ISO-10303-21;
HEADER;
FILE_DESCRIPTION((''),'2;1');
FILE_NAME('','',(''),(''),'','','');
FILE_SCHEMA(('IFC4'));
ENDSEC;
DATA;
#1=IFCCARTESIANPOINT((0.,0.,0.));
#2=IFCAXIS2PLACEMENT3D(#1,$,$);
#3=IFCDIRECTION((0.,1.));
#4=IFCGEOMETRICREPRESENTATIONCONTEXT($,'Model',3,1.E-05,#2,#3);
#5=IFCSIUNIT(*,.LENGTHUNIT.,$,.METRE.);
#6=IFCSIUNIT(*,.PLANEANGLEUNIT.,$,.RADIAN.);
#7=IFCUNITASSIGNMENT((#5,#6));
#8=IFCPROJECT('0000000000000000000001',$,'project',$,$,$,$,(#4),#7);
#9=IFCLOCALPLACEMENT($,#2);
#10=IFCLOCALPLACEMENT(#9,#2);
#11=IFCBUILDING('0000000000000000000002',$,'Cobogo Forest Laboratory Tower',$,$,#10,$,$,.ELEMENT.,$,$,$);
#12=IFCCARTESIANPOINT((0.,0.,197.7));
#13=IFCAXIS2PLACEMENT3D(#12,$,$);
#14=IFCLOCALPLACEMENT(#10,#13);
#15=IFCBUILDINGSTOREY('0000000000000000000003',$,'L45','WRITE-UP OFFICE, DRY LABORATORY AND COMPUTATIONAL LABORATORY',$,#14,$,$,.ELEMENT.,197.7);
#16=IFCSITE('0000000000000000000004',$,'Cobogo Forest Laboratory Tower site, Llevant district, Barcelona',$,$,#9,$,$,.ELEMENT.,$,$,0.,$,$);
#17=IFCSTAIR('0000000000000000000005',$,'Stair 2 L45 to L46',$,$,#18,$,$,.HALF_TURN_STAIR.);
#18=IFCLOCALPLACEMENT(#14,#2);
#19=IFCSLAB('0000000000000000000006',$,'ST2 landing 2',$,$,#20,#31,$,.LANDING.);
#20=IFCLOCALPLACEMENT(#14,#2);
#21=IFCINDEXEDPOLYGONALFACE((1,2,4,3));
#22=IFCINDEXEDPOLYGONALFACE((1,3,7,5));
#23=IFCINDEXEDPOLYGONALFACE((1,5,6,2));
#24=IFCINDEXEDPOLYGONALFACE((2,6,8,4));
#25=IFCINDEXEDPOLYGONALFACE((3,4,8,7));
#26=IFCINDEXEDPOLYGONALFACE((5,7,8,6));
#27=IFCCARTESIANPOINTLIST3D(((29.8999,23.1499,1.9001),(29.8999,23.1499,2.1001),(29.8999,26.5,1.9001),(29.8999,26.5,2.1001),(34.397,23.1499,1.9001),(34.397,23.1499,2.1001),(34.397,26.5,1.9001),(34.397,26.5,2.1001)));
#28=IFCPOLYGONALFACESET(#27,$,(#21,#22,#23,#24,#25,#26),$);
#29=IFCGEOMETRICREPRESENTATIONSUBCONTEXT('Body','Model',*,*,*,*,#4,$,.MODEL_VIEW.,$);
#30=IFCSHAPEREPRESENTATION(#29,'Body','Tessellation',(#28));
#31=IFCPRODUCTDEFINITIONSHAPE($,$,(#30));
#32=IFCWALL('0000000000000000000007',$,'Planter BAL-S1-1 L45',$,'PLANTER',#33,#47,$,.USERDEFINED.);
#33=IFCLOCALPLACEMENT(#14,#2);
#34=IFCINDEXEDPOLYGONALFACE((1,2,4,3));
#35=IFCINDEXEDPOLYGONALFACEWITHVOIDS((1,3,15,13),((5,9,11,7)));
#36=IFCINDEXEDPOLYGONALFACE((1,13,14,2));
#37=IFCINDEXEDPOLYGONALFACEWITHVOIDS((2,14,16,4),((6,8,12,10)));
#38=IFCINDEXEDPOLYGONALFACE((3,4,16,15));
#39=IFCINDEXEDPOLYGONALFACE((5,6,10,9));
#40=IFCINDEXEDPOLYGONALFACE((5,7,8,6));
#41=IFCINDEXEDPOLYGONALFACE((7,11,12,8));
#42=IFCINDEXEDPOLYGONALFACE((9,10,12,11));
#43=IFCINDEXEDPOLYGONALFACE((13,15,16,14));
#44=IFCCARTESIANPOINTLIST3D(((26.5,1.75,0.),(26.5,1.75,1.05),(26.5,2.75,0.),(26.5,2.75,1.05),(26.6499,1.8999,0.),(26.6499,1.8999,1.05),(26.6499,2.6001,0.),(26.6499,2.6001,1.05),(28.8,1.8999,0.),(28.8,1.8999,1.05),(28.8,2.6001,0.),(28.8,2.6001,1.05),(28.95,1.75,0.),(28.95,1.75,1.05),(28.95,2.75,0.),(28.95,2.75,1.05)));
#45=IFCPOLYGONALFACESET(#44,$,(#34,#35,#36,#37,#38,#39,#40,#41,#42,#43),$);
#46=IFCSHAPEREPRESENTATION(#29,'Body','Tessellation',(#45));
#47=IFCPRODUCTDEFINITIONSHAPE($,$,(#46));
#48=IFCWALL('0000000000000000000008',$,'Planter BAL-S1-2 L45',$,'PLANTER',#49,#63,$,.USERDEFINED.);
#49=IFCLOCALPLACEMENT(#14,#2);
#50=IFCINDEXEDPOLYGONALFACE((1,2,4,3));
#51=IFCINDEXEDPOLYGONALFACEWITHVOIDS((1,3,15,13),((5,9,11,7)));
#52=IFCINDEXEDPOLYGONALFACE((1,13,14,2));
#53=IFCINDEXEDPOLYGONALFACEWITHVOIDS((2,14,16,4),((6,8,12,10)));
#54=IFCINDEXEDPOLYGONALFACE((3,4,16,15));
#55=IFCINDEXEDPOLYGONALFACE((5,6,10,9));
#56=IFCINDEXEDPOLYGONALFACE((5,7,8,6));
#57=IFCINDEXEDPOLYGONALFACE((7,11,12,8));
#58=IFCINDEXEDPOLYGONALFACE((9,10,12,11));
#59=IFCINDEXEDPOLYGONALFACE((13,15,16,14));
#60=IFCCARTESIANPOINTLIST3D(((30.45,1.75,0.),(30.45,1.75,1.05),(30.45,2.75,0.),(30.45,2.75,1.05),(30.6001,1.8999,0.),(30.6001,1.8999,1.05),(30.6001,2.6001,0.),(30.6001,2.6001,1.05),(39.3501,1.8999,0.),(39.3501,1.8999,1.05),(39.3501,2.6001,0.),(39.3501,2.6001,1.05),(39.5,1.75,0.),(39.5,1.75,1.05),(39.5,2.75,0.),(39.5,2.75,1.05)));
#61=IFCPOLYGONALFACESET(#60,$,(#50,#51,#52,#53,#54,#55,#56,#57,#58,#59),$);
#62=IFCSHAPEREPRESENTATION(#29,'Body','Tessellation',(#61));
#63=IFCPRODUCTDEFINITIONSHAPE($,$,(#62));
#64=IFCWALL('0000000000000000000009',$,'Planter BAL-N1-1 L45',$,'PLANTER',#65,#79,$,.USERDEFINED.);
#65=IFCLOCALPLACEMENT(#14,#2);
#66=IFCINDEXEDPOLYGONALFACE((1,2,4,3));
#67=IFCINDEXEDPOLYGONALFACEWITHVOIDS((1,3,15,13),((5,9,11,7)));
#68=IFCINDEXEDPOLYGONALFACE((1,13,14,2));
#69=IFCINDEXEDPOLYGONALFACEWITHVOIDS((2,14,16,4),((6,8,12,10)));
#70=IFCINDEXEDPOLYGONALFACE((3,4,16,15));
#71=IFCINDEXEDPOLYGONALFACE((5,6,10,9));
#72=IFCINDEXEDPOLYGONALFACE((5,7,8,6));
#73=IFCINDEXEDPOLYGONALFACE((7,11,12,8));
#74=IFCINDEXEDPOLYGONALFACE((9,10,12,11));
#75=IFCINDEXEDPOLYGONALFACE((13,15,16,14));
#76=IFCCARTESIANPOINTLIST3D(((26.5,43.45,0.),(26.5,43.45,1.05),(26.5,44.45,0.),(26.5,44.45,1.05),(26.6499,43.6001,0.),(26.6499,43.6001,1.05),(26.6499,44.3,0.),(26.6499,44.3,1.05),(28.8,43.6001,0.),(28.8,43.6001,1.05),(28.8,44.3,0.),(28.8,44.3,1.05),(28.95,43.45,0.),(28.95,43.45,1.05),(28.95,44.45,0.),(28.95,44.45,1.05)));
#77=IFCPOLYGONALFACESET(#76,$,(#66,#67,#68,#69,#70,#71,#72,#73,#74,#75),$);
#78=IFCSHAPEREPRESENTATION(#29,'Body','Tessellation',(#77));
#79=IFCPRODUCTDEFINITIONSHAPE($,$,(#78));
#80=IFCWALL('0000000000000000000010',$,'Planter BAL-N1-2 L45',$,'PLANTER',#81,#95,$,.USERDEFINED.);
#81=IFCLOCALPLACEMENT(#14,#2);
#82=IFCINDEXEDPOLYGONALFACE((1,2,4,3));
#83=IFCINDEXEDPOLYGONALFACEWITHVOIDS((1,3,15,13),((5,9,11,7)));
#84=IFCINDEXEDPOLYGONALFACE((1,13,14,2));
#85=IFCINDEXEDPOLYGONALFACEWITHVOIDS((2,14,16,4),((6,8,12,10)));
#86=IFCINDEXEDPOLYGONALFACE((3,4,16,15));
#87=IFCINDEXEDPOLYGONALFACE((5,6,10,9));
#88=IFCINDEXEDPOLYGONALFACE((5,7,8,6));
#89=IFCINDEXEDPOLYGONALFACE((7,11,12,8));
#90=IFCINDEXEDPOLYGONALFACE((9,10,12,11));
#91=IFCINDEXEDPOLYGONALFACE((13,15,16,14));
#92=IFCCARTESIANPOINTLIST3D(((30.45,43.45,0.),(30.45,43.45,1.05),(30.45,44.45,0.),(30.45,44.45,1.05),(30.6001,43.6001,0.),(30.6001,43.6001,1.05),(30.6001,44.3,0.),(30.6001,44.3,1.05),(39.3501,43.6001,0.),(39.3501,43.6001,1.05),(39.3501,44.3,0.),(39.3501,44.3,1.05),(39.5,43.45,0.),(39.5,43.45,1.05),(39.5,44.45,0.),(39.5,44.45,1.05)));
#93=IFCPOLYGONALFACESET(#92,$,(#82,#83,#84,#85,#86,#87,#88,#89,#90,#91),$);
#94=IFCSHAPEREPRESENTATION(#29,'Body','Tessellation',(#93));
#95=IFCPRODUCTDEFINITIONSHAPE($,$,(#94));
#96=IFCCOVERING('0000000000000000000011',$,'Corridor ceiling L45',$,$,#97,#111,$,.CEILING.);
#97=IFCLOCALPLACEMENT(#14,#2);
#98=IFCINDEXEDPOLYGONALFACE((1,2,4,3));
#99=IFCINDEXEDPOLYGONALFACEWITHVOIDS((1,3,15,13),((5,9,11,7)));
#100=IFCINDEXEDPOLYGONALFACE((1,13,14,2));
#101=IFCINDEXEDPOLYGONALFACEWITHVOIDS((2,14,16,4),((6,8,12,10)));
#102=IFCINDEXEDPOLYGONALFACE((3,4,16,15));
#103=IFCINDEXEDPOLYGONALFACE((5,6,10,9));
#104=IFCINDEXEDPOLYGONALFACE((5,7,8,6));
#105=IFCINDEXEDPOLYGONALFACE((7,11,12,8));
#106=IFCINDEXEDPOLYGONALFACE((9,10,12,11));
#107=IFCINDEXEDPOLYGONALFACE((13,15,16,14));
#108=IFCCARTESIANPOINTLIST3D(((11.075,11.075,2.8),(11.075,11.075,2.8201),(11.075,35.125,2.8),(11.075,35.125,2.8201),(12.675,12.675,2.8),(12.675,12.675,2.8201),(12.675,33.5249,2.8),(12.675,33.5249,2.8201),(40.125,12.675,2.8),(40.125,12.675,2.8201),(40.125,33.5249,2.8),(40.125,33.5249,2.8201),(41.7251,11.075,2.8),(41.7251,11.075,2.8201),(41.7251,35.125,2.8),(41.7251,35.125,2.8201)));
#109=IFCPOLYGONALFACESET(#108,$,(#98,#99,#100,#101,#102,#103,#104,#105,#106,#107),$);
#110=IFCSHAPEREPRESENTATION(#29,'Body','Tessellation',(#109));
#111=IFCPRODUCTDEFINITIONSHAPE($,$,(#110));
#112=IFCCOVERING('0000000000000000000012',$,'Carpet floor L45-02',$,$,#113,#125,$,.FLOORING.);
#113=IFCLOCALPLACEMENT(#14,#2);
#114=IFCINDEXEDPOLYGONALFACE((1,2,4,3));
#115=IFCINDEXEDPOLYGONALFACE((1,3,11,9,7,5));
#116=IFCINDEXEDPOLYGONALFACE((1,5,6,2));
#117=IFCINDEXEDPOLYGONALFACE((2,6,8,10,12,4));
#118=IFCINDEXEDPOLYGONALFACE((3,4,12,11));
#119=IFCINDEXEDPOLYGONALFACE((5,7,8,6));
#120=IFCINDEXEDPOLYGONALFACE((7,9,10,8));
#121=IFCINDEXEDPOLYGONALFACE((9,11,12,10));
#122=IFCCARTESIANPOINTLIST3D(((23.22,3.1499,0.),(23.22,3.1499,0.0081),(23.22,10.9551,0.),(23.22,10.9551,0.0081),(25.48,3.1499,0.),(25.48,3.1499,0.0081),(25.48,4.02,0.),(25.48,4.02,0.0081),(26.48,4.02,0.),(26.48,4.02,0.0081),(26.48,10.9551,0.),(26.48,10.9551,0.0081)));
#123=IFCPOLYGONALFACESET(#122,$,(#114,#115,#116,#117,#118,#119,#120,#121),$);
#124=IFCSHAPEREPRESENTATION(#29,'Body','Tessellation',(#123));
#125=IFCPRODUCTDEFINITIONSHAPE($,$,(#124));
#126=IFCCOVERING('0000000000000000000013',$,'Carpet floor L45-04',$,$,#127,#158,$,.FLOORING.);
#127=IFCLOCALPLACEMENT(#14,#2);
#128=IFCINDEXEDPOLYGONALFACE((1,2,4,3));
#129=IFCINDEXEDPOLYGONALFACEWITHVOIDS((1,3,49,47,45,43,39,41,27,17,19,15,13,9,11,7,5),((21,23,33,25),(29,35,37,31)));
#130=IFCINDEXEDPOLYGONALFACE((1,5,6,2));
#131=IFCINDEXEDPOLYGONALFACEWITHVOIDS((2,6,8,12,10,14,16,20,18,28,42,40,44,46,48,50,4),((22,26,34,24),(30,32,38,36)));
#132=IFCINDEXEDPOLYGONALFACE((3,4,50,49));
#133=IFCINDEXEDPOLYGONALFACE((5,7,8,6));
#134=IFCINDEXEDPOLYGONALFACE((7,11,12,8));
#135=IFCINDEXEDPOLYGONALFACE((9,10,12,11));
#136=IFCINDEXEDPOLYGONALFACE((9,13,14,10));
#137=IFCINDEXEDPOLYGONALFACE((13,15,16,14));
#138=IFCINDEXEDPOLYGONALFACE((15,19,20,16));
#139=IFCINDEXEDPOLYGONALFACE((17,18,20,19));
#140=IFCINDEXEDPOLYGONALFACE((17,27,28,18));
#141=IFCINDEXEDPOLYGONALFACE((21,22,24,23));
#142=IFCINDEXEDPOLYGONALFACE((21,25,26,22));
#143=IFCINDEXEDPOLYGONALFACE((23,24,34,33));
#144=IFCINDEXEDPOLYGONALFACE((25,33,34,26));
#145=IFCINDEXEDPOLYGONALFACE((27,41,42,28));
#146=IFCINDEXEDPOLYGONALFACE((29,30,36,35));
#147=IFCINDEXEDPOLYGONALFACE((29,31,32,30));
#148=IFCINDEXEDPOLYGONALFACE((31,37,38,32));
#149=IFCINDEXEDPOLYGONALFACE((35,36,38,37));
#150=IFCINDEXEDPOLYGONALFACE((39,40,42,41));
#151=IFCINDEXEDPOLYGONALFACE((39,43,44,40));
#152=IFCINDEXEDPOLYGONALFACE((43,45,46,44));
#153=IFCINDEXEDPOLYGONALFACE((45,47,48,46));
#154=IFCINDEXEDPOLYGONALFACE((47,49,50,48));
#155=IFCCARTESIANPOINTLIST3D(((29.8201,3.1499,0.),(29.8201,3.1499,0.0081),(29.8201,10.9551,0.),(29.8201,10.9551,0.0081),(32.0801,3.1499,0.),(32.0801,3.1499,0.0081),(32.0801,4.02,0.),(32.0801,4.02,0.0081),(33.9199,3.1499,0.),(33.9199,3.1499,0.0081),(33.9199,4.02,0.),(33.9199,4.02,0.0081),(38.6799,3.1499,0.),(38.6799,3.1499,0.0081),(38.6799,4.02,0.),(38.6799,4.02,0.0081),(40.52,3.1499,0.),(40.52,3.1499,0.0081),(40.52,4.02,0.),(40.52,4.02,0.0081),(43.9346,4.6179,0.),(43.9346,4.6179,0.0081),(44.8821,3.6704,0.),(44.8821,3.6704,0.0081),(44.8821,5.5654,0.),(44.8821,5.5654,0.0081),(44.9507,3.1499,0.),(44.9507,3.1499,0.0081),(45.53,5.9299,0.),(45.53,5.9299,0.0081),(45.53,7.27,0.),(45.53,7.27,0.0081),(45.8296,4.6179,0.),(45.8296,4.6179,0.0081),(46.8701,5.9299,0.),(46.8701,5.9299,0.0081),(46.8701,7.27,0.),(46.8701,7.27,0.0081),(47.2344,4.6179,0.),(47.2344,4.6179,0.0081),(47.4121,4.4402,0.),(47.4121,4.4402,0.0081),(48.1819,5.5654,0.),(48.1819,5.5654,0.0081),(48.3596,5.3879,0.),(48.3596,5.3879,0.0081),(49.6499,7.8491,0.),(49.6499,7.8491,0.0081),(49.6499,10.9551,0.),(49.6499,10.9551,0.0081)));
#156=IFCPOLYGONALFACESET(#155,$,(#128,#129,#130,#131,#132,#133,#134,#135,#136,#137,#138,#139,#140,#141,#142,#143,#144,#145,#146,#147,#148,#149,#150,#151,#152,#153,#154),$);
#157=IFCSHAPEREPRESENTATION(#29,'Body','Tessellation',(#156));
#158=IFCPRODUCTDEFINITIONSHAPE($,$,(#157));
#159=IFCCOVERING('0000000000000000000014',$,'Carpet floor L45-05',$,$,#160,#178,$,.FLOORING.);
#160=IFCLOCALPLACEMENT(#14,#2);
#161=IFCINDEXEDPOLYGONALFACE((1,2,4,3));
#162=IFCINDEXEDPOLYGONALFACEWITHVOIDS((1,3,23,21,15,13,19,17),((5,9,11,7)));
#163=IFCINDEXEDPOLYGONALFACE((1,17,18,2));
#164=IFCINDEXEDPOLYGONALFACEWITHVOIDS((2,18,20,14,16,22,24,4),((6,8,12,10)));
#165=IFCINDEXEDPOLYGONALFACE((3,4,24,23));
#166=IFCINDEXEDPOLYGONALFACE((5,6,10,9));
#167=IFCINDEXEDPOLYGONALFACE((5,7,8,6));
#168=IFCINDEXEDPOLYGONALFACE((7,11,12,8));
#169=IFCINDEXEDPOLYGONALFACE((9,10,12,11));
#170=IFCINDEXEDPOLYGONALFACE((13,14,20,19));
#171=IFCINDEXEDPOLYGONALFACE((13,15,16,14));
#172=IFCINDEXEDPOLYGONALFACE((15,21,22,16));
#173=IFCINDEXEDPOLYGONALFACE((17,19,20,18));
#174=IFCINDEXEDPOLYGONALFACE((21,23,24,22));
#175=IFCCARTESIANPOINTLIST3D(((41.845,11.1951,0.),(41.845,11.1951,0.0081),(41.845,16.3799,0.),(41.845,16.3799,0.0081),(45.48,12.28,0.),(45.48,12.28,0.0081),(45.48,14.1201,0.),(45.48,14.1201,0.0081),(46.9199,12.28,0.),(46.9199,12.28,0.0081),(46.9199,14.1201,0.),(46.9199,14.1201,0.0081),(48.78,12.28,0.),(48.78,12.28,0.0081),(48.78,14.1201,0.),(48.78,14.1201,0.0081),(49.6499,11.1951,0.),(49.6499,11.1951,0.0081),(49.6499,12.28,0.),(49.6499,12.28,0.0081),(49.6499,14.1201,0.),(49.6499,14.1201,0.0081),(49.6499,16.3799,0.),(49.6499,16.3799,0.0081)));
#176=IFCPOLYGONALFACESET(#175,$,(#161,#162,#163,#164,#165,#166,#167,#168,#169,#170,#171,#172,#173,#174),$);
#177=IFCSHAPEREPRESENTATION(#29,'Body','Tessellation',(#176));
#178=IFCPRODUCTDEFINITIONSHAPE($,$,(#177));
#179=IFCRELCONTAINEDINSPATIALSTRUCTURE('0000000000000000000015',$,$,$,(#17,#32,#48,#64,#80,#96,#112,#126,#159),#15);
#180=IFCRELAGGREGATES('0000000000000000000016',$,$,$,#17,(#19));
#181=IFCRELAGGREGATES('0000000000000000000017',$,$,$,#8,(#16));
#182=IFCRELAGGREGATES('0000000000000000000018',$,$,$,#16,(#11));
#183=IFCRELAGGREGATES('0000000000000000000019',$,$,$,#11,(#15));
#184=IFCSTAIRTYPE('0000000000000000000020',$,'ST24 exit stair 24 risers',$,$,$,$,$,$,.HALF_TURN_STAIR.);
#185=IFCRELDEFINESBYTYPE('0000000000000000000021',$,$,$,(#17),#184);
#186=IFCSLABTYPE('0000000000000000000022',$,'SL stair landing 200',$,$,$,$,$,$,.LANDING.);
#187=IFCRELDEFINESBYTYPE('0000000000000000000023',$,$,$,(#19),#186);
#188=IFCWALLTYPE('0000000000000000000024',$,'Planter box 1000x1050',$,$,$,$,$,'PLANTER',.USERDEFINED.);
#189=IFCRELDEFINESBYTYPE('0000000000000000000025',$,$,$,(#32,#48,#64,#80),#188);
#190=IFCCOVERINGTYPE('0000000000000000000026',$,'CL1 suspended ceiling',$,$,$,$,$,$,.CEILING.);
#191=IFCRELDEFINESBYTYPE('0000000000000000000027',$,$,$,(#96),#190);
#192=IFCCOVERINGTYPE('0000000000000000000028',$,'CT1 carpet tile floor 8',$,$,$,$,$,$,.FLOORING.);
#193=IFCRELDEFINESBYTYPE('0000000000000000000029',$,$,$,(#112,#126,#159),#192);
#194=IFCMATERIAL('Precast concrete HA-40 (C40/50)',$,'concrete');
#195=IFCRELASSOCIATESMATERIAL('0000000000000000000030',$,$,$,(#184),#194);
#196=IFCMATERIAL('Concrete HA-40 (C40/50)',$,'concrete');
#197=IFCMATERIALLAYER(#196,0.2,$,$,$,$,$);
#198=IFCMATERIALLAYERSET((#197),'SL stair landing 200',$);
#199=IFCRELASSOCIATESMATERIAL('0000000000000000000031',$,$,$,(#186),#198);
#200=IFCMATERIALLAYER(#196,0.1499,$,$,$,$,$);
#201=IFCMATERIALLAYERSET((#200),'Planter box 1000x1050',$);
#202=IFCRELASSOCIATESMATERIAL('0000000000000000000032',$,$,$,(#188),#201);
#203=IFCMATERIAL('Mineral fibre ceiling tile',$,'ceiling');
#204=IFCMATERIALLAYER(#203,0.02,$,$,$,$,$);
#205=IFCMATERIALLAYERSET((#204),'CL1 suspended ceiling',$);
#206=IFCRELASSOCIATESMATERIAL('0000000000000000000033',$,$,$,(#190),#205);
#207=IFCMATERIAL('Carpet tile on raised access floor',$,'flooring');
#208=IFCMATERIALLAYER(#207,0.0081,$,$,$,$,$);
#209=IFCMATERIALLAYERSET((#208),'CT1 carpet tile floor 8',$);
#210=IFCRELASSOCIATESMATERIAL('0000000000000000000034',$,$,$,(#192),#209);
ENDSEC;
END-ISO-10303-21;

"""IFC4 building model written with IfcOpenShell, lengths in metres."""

from ifc_helpers import new_model, si_unit, direction, frame, origin, place, context, subcontext, project, spatial, polyline, outline, extrude, material, layer, layer_set, type_object, element, aggregate, save


model = new_model("IFC4")

# Units and contexts
model_context = context("Model", 3, precision=1e-05, world=origin(), true_north=direction((0.0, 1.0)))
body_context = subcontext(model_context, "Body", "Model", "MODEL_VIEW")
ifc_project = project(units=[si_unit("LENGTHUNIT", "METRE"), si_unit("PLANEANGLEUNIT", "RADIAN")], contexts=[model_context])

# Site, building, storey
site_placement = place(None, origin())
site = spatial("IfcSite", under=ifc_project, at=site_placement, Name="Cobogo Forest Laboratory Tower site, Llevant district, Barcelona", CompositionType="ELEMENT", RefElevation=0.0)
building_placement = place(site_placement, origin())
building = spatial("IfcBuilding", under=site, at=building_placement, Name="Cobogo Forest Laboratory Tower", CompositionType="ELEMENT")
storey_placement = place(building_placement, frame((0.0, 0.0, 197.7)))
storey = spatial("IfcBuildingStorey", under=building, at=storey_placement, Name="L45", Description="WRITE-UP OFFICE, DRY LABORATORY AND COMPUTATIONAL LABORATORY", CompositionType="ELEMENT", Elevation=197.7)

# Shared definitions
ifc_material_1 = material(Name="Concrete HA-40 (C40/50)", Category="concrete")

# Stair, slab
ifc_material_2 = material(Name="Precast concrete HA-40 (C40/50)", Category="concrete")
stair_type = type_object("IfcStairType", Name="ST24 exit stair 24 risers", PredefinedType="HALF_TURN_STAIR", material=ifc_material_2)
ifc_layer_1 = layer(ifc_material_1, 0.2)
ifc_layer_set_1 = layer_set([ifc_layer_1], Name="SL stair landing 200")
slab_type_1 = type_object("IfcSlabType", Name="SL stair landing 200", PredefinedType="LANDING", material=ifc_layer_set_1)
stair_1_placement = place(storey_placement, origin())
stair_1 = element("IfcStair", 1, at=stair_1_placement, inside=storey, type_object=stair_type, Name="Stair 2 L45 to L46", PredefinedType="HALF_TURN_STAIR")
slab_1_placement = place(storey_placement, frame((0.0, 0.0, 1.9001)))
slab_1 = element("IfcSlab", 2, at=slab_1_placement, type_object=slab_type_1, Name="ST2 landing 2", PredefinedType="LANDING", context=body_context, shape_type="SweptSolid", body=[
    extrude(outline(polyline([(29.8999, 23.1499), (34.397, 23.1499), (34.397, 26.5), (29.8999, 26.5), (29.8999, 23.1499)])), origin(), (0.0, 0.0, 1.0), 0.2),
])
aggregate(stair_1, [slab_1])

# Walls
ifc_layer_2 = layer(ifc_material_1, 0.1499)
ifc_layer_set_2 = layer_set([ifc_layer_2], Name="Planter box 1000x1050")
wall_type = type_object("IfcWallType", Name="Planter box 1000x1050", ElementType="PLANTER", PredefinedType="USERDEFINED", material=ifc_layer_set_2)
wall_1_placement = place(storey_placement, origin())
element("IfcWall", 3, at=wall_1_placement, inside=storey, type_object=wall_type, Name="Planter BAL-S1-1 L45", ObjectType="PLANTER", PredefinedType="USERDEFINED", context=body_context, shape_type="SweptSolid", body=[
    extrude(outline(polyline([(26.5, 1.75), (28.95, 1.75), (28.95, 2.75), (26.5, 2.75), (26.5, 1.75)]), holes=[polyline([(26.6499, 1.8999), (28.8, 1.8999), (28.8, 2.6001), (26.6499, 2.6001), (26.6499, 1.8999)])]), origin(), (0.0, 0.0, 1.0), 1.05),
])
wall_2_placement = place(storey_placement, origin())
element("IfcWall", 4, at=wall_2_placement, inside=storey, type_object=wall_type, Name="Planter BAL-S1-2 L45", ObjectType="PLANTER", PredefinedType="USERDEFINED", context=body_context, shape_type="SweptSolid", body=[
    extrude(outline(polyline([(30.45, 1.75), (39.5, 1.75), (39.5, 2.75), (30.45, 2.75), (30.45, 1.75)]), holes=[polyline([(30.6001, 1.8999), (39.3501, 1.8999), (39.3501, 2.6001), (30.6001, 2.6001), (30.6001, 1.8999)])]), origin(), (0.0, 0.0, 1.0), 1.05),
])
wall_3_placement = place(storey_placement, origin())
element("IfcWall", 5, at=wall_3_placement, inside=storey, type_object=wall_type, Name="Planter BAL-N1-1 L45", ObjectType="PLANTER", PredefinedType="USERDEFINED", context=body_context, shape_type="SweptSolid", body=[
    extrude(outline(polyline([(26.5, 43.45), (28.95, 43.45), (28.95, 44.45), (26.5, 44.45), (26.5, 43.45)]), holes=[polyline([(26.6499, 43.6001), (28.8, 43.6001), (28.8, 44.3), (26.6499, 44.3), (26.6499, 43.6001)])]), origin(), (0.0, 0.0, 1.0), 1.05),
])
wall_4_placement = place(storey_placement, origin())
element("IfcWall", 6, at=wall_4_placement, inside=storey, type_object=wall_type, Name="Planter BAL-N1-2 L45", ObjectType="PLANTER", PredefinedType="USERDEFINED", context=body_context, shape_type="SweptSolid", body=[
    extrude(outline(polyline([(30.45, 43.45), (39.5, 43.45), (39.5, 44.45), (30.45, 44.45), (30.45, 43.45)]), holes=[polyline([(30.6001, 43.6001), (39.3501, 43.6001), (39.3501, 44.3), (30.6001, 44.3), (30.6001, 43.6001)])]), origin(), (0.0, 0.0, 1.0), 1.05),
])

# Coverings
ifc_material_3 = material(Name="Mineral fibre ceiling tile", Category="ceiling")
ifc_layer_3 = layer(ifc_material_3, 0.02)
ifc_layer_set_3 = layer_set([ifc_layer_3], Name="CL1 suspended ceiling")
covering_type_1 = type_object("IfcCoveringType", Name="CL1 suspended ceiling", PredefinedType="CEILING", material=ifc_layer_set_3)
covering_1_placement = place(storey_placement, frame((0.0, 0.0, 2.8)))
element("IfcCovering", 7, at=covering_1_placement, inside=storey, type_object=covering_type_1, Name="Corridor ceiling L45", PredefinedType="CEILING", context=body_context, shape_type="SweptSolid", body=[
    extrude(outline(polyline([(11.075, 11.075), (11.075, 35.125), (41.7251, 35.125), (41.7251, 11.075), (11.075, 11.075)]), holes=[polyline([(40.125, 33.5249), (12.675, 33.5249), (12.675, 12.675), (40.125, 12.675), (40.125, 33.5249)])]), origin(), (0.0, 0.0, 1.0), 0.02),
])
ifc_material_4 = material(Name="Carpet tile on raised access floor", Category="flooring")
ifc_layer_4 = layer(ifc_material_4, 0.0081)
ifc_layer_set_4 = layer_set([ifc_layer_4], Name="CT1 carpet tile floor 8")
covering_type_2 = type_object("IfcCoveringType", Name="CT1 carpet tile floor 8", PredefinedType="FLOORING", material=ifc_layer_set_4)
covering_2_placement = place(storey_placement, origin())
element("IfcCovering", 8, at=covering_2_placement, inside=storey, type_object=covering_type_2, Name="Carpet floor L45-02", PredefinedType="FLOORING", context=body_context, shape_type="SweptSolid", body=[
    extrude(outline(polyline([(26.48, 10.9551), (26.48, 4.02), (25.48, 4.02), (25.48, 3.1499), (23.22, 3.1499), (23.22, 10.9551), (26.48, 10.9551)])), origin(), (0.0, 0.0, 1.0), 0.0081),
])
covering_3_placement = place(storey_placement, origin())
element("IfcCovering", 9, at=covering_3_placement, inside=storey, type_object=covering_type_2, Name="Carpet floor L45-04", PredefinedType="FLOORING", context=body_context, shape_type="SweptSolid", body=[
    extrude(outline(polyline([(49.6499, 10.9551), (49.6499, 7.8491), (48.3596, 5.3879), (48.1819, 5.5654), (47.2344, 4.6179), (47.4121, 4.4402), (44.9507, 3.1499), (40.52, 3.1499), (40.52, 4.02), (38.6799, 4.02), (38.6799, 3.1499), (33.9199, 3.1499), (33.9199, 4.02), (32.0801, 4.02), (32.0801, 3.1499), (29.8201, 3.1499), (29.8201, 10.9551), (49.6499, 10.9551)]), holes=[polyline([(45.53, 5.9299), (46.8701, 5.9299), (46.8701, 7.27), (45.53, 7.27), (45.53, 5.9299)]), polyline([(44.8821, 3.6704), (45.8296, 4.6179), (44.8821, 5.5654), (43.9346, 4.6179), (44.8821, 3.6704)])]), origin(), (0.0, 0.0, 1.0), 0.0081),
])
covering_4_placement = place(storey_placement, origin())
element("IfcCovering", 10, at=covering_4_placement, inside=storey, type_object=covering_type_2, Name="Carpet floor L45-05", PredefinedType="FLOORING", context=body_context, shape_type="SweptSolid", body=[
    extrude(outline(polyline([(41.845, 16.3799), (49.6499, 16.3799), (49.6499, 14.1201), (48.78, 14.1201), (48.78, 12.28), (49.6499, 12.28), (49.6499, 11.1951), (41.845, 11.1951), (41.845, 16.3799)]), holes=[polyline([(46.9199, 12.28), (46.9199, 14.1201), (45.48, 14.1201), (45.48, 12.28), (46.9199, 12.28)])]), origin(), (0.0, 0.0, 1.0), 0.0081),
])

save(model, "model.ifc")
